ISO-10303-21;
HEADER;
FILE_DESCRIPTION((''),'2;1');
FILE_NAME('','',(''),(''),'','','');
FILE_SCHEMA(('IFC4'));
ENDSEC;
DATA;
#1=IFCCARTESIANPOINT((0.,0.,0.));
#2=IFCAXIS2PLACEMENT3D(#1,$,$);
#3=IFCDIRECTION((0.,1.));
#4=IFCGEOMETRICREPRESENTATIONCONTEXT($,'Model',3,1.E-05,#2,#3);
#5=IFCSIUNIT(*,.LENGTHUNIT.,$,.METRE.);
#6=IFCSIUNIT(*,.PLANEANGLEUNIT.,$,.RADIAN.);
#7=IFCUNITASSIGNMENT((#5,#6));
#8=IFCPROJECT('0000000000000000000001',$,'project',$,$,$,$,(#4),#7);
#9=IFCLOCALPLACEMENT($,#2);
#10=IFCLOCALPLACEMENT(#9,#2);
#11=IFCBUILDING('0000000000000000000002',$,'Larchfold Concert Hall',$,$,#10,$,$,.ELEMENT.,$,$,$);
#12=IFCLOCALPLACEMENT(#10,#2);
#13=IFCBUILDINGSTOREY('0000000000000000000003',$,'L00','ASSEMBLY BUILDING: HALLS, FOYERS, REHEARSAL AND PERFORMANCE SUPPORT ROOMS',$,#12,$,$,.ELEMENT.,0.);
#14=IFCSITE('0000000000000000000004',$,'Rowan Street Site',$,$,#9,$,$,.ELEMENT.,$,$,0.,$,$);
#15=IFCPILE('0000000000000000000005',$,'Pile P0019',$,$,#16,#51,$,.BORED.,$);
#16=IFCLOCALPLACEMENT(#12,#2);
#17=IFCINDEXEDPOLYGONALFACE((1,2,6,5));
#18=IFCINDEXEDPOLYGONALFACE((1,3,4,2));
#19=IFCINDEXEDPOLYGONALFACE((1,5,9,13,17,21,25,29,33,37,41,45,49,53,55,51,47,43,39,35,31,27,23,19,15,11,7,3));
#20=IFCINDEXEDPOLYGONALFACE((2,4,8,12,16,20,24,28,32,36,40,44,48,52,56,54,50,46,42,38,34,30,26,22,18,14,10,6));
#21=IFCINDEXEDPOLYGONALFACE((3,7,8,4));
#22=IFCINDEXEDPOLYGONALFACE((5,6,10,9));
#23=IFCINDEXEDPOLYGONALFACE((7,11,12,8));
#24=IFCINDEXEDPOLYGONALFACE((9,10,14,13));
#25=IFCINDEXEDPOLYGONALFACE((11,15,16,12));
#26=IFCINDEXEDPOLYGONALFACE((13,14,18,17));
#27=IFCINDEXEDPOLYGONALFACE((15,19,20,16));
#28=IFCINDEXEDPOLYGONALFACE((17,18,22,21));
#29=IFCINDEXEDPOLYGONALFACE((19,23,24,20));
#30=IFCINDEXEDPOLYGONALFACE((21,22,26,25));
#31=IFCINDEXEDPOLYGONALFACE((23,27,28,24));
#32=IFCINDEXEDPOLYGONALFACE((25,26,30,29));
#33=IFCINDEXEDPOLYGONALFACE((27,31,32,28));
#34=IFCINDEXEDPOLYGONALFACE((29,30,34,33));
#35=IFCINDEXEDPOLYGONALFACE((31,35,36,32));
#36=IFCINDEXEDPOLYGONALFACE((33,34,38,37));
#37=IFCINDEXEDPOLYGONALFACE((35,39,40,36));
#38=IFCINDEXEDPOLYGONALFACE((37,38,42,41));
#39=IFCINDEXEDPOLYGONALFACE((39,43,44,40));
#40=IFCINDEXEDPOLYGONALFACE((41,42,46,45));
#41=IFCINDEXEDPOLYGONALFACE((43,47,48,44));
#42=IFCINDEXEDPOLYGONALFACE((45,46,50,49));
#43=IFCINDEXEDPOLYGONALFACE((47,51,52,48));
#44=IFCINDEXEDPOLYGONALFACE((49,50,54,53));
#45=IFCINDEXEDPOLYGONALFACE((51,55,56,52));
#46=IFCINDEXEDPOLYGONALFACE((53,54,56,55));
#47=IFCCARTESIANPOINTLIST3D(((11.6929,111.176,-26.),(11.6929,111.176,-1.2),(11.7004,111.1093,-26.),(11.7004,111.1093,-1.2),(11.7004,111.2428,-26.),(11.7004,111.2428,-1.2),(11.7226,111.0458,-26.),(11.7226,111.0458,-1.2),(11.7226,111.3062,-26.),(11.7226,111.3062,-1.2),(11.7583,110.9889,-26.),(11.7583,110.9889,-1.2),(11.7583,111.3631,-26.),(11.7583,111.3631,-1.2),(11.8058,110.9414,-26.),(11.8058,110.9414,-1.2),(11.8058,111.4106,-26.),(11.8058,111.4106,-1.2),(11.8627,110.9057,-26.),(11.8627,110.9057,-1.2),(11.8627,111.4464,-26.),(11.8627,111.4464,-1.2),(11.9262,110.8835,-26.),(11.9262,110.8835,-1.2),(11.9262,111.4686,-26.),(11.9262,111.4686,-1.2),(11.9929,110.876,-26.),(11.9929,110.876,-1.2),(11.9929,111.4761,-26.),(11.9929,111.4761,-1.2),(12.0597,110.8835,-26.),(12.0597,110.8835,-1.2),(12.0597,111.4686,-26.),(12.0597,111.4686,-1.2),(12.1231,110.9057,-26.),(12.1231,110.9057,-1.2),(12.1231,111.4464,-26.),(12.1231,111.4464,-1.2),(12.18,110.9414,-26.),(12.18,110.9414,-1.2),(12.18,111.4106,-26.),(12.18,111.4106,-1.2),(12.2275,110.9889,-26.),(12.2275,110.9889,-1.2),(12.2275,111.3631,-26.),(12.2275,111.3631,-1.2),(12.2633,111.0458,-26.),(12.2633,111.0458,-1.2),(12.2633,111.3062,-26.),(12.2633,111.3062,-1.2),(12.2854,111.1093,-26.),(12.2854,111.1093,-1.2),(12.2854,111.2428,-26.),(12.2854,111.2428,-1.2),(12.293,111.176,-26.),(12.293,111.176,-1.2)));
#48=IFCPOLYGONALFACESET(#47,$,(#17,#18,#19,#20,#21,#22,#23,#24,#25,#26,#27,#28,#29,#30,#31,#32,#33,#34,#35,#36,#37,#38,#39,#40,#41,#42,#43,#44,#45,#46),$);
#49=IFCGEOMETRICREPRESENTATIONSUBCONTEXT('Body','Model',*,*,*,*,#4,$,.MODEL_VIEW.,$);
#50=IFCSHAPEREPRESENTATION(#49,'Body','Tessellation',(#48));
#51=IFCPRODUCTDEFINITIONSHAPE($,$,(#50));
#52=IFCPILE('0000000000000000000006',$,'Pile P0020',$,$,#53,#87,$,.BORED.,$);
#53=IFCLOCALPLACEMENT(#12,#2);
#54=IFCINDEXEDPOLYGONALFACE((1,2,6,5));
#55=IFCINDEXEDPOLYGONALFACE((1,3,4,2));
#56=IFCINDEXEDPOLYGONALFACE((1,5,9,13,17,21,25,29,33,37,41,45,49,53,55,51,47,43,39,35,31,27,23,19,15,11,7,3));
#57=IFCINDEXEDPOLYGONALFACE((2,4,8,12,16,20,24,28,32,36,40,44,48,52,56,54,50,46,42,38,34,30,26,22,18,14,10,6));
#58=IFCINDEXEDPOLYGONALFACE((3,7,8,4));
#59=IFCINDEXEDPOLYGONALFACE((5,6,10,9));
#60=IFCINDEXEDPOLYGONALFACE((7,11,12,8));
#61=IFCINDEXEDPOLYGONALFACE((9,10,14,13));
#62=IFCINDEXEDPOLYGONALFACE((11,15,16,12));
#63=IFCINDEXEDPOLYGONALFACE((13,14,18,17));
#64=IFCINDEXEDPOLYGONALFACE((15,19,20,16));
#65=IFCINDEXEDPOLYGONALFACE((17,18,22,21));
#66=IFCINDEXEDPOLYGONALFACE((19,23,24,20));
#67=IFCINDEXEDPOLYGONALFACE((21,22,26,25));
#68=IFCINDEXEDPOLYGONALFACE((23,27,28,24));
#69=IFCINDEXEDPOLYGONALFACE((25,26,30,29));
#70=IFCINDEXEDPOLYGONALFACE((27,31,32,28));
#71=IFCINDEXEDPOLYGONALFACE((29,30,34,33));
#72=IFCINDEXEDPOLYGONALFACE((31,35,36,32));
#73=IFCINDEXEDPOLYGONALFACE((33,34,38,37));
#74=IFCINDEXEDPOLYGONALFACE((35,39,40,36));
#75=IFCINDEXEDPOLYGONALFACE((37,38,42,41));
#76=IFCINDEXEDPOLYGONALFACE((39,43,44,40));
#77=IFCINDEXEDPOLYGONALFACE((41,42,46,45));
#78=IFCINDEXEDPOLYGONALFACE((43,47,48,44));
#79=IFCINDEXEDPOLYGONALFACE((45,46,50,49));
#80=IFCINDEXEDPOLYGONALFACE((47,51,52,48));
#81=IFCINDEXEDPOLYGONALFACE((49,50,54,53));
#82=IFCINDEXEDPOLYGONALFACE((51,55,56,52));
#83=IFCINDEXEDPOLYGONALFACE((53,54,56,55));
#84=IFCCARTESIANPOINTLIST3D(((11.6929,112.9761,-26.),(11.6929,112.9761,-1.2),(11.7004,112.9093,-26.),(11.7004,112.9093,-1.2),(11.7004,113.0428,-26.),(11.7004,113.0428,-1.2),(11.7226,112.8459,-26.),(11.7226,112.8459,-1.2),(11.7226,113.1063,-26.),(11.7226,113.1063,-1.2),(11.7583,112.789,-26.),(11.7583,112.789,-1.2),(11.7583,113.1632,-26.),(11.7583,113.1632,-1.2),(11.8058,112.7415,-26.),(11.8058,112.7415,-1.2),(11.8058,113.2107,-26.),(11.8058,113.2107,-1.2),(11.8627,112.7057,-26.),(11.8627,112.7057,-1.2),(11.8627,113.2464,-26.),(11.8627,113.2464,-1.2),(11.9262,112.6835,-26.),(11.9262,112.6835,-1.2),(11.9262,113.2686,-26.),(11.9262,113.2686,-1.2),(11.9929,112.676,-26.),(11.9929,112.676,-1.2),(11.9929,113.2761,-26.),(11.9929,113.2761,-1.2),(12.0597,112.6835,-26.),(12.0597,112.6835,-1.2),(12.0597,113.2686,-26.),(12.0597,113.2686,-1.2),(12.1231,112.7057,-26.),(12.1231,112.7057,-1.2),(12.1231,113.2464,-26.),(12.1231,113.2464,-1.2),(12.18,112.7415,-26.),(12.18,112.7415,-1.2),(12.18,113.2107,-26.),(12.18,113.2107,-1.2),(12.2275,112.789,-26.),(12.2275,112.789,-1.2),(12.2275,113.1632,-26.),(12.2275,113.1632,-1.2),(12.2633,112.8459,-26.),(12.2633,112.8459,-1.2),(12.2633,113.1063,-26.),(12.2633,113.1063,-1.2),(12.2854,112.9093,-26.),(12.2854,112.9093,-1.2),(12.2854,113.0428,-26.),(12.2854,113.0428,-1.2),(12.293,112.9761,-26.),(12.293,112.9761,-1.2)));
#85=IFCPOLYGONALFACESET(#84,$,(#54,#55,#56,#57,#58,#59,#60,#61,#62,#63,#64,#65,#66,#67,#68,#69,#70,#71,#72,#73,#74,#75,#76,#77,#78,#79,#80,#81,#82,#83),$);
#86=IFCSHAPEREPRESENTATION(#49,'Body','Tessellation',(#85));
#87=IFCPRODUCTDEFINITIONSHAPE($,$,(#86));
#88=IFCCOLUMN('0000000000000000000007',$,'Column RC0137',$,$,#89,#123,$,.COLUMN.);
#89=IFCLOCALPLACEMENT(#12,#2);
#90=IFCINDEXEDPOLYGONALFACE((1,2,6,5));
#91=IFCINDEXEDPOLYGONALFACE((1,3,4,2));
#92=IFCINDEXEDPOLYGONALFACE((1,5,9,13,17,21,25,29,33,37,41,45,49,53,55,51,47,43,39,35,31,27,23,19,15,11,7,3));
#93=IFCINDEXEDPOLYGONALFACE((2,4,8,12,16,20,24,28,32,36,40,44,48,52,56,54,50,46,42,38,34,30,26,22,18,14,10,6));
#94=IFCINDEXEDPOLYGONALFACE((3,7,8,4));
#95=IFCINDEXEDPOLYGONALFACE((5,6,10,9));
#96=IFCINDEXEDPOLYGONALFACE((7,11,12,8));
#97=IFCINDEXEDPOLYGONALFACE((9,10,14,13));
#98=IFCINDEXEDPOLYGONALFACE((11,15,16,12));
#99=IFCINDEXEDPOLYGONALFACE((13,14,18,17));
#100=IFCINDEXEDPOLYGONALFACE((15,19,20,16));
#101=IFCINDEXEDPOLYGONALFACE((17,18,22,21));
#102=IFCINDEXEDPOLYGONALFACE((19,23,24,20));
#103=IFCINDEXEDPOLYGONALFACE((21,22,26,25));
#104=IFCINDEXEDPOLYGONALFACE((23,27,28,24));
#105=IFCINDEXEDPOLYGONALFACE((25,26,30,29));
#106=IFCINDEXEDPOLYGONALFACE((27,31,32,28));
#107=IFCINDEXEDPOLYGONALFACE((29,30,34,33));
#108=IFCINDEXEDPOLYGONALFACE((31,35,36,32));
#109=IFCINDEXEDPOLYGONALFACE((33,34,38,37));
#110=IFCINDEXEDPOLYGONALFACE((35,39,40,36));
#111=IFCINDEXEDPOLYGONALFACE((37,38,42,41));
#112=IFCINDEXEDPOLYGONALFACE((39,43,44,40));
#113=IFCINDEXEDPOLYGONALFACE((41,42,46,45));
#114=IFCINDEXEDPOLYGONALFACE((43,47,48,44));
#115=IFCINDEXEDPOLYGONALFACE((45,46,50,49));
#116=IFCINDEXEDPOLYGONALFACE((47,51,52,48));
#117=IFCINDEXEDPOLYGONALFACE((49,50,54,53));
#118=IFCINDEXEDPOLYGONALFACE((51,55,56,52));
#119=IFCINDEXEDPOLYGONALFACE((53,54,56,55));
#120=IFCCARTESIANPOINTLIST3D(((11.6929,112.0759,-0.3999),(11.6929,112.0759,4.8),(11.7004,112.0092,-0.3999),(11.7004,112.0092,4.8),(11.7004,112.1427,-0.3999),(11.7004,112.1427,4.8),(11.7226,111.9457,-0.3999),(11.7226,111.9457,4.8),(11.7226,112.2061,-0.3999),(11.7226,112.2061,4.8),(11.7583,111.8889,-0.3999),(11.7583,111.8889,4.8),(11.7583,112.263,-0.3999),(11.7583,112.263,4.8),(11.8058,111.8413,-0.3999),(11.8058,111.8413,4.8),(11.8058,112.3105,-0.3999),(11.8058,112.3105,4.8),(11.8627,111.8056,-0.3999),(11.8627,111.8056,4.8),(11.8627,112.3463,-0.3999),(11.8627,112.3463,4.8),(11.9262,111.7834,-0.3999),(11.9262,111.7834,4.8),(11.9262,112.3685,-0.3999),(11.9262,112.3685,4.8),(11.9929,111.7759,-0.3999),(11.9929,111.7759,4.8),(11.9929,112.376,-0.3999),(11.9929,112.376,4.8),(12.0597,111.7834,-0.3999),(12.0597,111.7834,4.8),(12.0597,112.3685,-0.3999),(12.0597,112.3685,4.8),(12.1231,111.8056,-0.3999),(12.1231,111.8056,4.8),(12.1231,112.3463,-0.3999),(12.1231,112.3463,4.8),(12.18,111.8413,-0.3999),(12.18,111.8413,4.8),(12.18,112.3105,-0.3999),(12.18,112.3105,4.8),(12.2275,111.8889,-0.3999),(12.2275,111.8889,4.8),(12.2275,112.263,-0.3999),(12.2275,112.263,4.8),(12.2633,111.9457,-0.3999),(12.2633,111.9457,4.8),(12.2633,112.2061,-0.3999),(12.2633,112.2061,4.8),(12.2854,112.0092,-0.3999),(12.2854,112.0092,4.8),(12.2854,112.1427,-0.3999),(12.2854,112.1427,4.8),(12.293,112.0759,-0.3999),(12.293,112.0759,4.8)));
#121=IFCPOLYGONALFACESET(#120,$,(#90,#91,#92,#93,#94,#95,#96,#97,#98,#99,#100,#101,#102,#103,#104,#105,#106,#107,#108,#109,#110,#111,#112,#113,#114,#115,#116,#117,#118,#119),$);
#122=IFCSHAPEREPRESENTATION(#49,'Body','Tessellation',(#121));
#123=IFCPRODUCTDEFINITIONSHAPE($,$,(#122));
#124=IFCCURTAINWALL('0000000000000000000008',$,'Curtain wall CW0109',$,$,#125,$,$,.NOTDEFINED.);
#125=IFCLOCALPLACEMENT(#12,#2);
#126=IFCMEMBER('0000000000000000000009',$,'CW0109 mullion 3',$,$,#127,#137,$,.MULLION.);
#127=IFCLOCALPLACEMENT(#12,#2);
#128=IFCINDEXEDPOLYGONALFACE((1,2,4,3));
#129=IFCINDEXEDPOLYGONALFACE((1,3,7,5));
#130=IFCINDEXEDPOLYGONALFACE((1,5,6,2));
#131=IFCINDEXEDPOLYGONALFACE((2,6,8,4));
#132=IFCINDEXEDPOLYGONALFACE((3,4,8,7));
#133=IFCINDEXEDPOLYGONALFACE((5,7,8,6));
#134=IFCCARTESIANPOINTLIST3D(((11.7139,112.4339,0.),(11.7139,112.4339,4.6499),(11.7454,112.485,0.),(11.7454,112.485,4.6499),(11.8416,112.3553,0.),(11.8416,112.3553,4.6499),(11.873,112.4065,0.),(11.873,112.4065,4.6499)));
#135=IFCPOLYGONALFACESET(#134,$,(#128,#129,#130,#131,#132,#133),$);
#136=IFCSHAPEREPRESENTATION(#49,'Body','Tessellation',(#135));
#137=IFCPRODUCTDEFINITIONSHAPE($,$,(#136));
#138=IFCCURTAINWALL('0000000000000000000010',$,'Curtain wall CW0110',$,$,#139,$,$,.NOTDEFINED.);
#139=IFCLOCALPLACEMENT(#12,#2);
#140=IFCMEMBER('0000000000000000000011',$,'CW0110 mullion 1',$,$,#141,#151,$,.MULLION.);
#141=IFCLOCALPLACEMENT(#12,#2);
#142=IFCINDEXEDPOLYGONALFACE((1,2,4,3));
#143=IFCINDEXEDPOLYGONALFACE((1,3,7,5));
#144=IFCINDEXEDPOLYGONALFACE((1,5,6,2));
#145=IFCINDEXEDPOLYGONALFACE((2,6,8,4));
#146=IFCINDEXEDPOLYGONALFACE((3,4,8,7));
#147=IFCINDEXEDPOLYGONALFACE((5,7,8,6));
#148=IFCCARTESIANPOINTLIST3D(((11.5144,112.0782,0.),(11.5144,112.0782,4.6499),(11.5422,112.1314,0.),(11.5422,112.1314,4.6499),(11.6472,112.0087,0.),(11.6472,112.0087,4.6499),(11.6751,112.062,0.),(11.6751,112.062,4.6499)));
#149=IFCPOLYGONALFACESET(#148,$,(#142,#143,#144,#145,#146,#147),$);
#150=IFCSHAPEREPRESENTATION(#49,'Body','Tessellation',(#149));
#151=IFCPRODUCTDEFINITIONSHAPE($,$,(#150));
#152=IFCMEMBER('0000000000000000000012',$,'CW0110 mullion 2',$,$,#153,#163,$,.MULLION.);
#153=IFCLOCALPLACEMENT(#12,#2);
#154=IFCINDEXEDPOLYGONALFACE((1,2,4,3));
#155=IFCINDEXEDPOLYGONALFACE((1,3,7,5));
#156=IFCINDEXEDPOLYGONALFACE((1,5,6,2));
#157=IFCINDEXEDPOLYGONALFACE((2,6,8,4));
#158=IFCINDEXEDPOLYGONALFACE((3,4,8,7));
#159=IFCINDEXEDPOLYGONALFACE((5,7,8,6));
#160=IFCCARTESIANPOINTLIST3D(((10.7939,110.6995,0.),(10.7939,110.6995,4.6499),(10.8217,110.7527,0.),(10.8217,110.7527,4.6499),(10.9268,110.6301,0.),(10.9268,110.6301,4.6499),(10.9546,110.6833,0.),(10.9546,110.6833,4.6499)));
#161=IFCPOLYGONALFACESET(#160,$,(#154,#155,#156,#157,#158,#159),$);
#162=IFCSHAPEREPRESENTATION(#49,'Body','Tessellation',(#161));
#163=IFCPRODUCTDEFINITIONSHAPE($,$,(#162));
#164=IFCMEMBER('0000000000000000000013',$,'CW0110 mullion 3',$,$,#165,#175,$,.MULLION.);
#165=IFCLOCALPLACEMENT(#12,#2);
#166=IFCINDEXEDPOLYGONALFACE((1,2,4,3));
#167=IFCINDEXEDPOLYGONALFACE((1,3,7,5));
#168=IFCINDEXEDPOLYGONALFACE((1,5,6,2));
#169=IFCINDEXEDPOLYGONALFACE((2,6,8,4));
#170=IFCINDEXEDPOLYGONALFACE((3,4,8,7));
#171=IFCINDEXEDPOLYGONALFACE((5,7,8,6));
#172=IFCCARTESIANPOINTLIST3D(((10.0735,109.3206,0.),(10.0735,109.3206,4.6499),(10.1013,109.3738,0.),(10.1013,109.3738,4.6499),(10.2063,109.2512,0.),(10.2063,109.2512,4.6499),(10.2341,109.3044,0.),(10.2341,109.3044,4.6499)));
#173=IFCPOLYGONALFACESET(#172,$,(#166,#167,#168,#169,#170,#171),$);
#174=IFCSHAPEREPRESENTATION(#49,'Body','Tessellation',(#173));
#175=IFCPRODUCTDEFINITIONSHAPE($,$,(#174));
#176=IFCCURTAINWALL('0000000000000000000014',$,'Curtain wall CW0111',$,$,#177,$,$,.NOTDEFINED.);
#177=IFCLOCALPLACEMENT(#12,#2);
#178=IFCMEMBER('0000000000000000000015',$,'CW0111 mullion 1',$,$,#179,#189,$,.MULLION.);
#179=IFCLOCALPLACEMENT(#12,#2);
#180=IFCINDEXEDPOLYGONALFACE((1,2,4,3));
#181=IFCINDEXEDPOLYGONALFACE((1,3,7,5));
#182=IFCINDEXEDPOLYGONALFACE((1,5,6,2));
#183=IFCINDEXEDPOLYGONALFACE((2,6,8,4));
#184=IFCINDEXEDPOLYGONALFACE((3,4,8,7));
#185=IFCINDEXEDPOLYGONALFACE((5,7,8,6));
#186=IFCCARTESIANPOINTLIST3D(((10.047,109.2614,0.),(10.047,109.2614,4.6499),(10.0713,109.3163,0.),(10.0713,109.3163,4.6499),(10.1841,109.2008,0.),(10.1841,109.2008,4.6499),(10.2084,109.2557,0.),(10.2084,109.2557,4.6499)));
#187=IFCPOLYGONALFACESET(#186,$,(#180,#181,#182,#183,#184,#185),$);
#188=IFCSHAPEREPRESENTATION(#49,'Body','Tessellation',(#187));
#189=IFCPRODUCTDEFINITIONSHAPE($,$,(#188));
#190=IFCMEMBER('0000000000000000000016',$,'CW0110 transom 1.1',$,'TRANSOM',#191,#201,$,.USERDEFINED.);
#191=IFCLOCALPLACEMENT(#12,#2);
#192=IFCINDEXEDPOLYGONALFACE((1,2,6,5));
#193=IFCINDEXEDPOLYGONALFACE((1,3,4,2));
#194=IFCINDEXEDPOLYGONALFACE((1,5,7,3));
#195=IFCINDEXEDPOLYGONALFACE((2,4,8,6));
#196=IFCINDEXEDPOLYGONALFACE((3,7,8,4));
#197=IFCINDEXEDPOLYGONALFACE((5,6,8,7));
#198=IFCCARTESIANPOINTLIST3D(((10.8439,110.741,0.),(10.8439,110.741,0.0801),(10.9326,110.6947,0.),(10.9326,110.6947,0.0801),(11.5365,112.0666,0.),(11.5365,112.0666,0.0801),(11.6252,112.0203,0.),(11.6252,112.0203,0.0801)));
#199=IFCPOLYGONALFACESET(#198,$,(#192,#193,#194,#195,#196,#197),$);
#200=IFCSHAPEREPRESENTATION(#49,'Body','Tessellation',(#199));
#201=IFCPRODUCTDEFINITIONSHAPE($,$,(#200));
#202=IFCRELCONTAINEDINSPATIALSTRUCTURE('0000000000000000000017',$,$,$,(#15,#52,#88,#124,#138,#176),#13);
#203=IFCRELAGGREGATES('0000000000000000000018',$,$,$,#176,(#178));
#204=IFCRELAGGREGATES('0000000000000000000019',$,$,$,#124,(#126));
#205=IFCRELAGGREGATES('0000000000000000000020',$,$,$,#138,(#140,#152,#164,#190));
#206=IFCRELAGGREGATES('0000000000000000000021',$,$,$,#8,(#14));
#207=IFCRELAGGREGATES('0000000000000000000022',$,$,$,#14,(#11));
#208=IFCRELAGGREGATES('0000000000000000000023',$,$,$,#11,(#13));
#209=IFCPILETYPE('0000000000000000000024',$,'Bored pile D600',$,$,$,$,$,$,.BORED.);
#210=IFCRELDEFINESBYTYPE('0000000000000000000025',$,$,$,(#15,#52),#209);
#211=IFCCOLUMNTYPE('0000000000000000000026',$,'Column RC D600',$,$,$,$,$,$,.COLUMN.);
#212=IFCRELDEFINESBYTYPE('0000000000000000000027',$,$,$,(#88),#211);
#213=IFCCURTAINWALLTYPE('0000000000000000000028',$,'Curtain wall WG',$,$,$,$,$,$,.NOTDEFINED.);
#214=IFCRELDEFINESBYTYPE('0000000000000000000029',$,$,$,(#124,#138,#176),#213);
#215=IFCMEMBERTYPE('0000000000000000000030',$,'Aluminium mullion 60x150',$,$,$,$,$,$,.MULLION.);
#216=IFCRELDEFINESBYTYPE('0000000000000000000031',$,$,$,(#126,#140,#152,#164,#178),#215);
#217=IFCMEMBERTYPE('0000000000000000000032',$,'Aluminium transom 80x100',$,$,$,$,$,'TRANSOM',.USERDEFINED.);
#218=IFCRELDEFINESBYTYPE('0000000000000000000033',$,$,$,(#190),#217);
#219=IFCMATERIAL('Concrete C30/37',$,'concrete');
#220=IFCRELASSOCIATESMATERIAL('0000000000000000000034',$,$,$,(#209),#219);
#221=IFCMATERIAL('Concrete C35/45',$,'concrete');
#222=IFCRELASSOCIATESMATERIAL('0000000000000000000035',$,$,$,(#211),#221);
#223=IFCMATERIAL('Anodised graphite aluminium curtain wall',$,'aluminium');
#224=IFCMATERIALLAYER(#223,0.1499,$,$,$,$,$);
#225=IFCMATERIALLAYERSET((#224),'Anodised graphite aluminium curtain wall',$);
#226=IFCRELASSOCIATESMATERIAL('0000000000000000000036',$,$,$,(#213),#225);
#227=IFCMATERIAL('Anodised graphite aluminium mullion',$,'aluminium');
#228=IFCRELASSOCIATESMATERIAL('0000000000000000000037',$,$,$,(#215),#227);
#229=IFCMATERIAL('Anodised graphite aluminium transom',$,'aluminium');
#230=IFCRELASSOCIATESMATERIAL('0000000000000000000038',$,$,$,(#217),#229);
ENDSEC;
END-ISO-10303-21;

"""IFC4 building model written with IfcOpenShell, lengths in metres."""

from ifc_helpers import new_model, si_unit, direction, frame, origin, origin_2d, place, context, subcontext, project, spatial, rectangle, circle, extrude, material, layer, layer_set, material_profile, profile_set, type_object, element, aggregate, save


model = new_model("IFC4")

# Units and contexts
model_context = context("Model", 3, precision=1e-05, world=origin(), true_north=direction((0.0, 1.0)))
body_context = subcontext(model_context, "Body", "Model", "MODEL_VIEW")
ifc_project = project(units=[si_unit("LENGTHUNIT", "METRE"), si_unit("PLANEANGLEUNIT", "RADIAN")], contexts=[model_context])

# Site, building, storey
site_placement = place(None, origin())
site = spatial("IfcSite", under=ifc_project, at=site_placement, Name="Rowan Street Site", CompositionType="ELEMENT", RefElevation=0.0)
building_placement = place(site_placement, origin())
building = spatial("IfcBuilding", under=site, at=building_placement, Name="Larchfold Concert Hall", CompositionType="ELEMENT")
storey_placement = place(building_placement, origin())
storey = spatial("IfcBuildingStorey", under=building, at=storey_placement, Name="L00", Description="ASSEMBLY BUILDING: HALLS, FOYERS, REHEARSAL AND PERFORMANCE SUPPORT ROOMS", CompositionType="ELEMENT", Elevation=0.0)

# Piles
ifc_material_1 = material(Name="Concrete C30/37", Category="concrete")
ifc_material_profile_1 = material_profile(ifc_material_1, circle(Radius=0.3, at=origin_2d()))
ifc_profile_set_1 = profile_set([ifc_material_profile_1], Name="Concrete C30/37")
pile_type = type_object("IfcPileType", Name="Bored pile D600", PredefinedType="BORED", material=ifc_profile_set_1)
for number, where, z_axis, x_axis, name in (
    (1, (11.9929, 111.176, -1.2), (0.0, 0.0, -1.0), (1.0, 0.0, 0.0), "Pile P0019"),
    (2, (11.9929, 112.9761, -1.2), (0.0, 0.0, -1.0), (1.0, 0.0, 0.0), "Pile P0020"),
):
    element("IfcPile", number, at=place(storey_placement, frame(where, z_axis=z_axis, x_axis=x_axis)), inside=storey, type_object=pile_type, Name=name, PredefinedType="BORED", context=body_context, shape_type="SweptSolid", body=[
        extrude(circle(Radius=0.3, at=origin_2d()), origin(), (0.0, 0.0, 1.0), 24.8),
    ])

# Column
ifc_material_2 = material(Name="Concrete C35/45", Category="concrete")
ifc_material_profile_2 = material_profile(ifc_material_2, circle(Radius=0.3, at=origin_2d()))
ifc_profile_set_2 = profile_set([ifc_material_profile_2], Name="Concrete C35/45")
column_type = type_object("IfcColumnType", Name="Column RC D600", PredefinedType="COLUMN", material=ifc_profile_set_2)
column_placement = place(storey_placement, frame((11.9929, 112.0759, -0.3999), z_axis=(0.0, 0.0, 1.0), x_axis=(1.0, 0.0, 0.0)))
element("IfcColumn", 3, at=column_placement, inside=storey, type_object=column_type, Name="Column RC0137", PredefinedType="COLUMN", context=body_context, shape_type="SweptSolid", body=[
    extrude(circle(Radius=0.3, at=origin_2d()), origin(), (0.0, 0.0, 1.0), 5.2),
])

# Curtain wall, member
ifc_material_3 = material(Name="Anodised graphite aluminium curtain wall", Category="aluminium")
ifc_layer_1 = layer(ifc_material_3, 0.1499)
ifc_layer_set_1 = layer_set([ifc_layer_1], Name="Anodised graphite aluminium curtain wall")
curtain_wall_type = type_object("IfcCurtainWallType", Name="Curtain wall WG", PredefinedType="NOTDEFINED", material=ifc_layer_set_1)
curtain_wall_1_placement = place(storey_placement, origin())
curtain_wall_1 = element("IfcCurtainWall", 4, at=curtain_wall_1_placement, inside=storey, type_object=curtain_wall_type, Name="Curtain wall CW0109", PredefinedType="NOTDEFINED")
ifc_material_4 = material(Name="Anodised graphite aluminium mullion", Category="aluminium")
ifc_material_profile_3 = material_profile(ifc_material_4, rectangle(XDim=0.1499, YDim=0.0601, at=origin_2d()))
ifc_profile_set_3 = profile_set([ifc_material_profile_3], Name="Anodised graphite aluminium mullion")
member_type_1 = type_object("IfcMemberType", Name="Aluminium mullion 60x150", PredefinedType="MULLION", material=ifc_profile_set_3)
member_1_placement = place(storey_placement, frame((11.7935, 112.4202, 0.0), z_axis=(0.0, 0.0, 1.0), x_axis=(0.851669, -0.524081, 0.0)))
member_1 = element("IfcMember", 5, at=member_1_placement, type_object=member_type_1, Name="CW0109 mullion 3", PredefinedType="MULLION", context=body_context, shape_type="SweptSolid", body=[
    extrude(rectangle(XDim=0.1499, YDim=0.0601, at=origin_2d()), origin(), (0.0, 0.0, 1.0), 4.6499),
])

# Curtain wall, members
curtain_wall_2_placement = place(storey_placement, origin())
curtain_wall_2 = element("IfcCurtainWall", 6, at=curtain_wall_2_placement, inside=storey, type_object=curtain_wall_type, Name="Curtain wall CW0110", PredefinedType="NOTDEFINED")
member_2_placement = place(storey_placement, frame((11.5947, 112.0701, 0.0), z_axis=(0.0, 0.0, 1.0), x_axis=(0.886294, -0.463124, 0.0)))
member_2 = element("IfcMember", 7, at=member_2_placement, type_object=member_type_1, Name="CW0110 mullion 1", PredefinedType="MULLION", context=body_context, shape_type="SweptSolid", body=[
    extrude(rectangle(XDim=0.1499, YDim=0.0601, at=origin_2d()), origin(), (0.0, 0.0, 1.0), 4.6499),
])
member_3_placement = place(storey_placement, frame((10.8743, 110.6914, 0.0), z_axis=(0.0, 0.0, 1.0), x_axis=(0.886294, -0.463124, 0.0)))
member_3 = element("IfcMember", 8, at=member_3_placement, type_object=member_type_1, Name="CW0110 mullion 2", PredefinedType="MULLION", context=body_context, shape_type="SweptSolid", body=[
    extrude(rectangle(XDim=0.1499, YDim=0.0601, at=origin_2d()), origin(), (0.0, 0.0, 1.0), 4.6499),
])
member_4_placement = place(storey_placement, frame((10.1538, 109.3125, 0.0), z_axis=(0.0, 0.0, 1.0), x_axis=(0.886294, -0.463124, 0.0)))
member_4 = element("IfcMember", 9, at=member_4_placement, type_object=member_type_1, Name="CW0110 mullion 3", PredefinedType="MULLION", context=body_context, shape_type="SweptSolid", body=[
    extrude(rectangle(XDim=0.1499, YDim=0.0601, at=origin_2d()), origin(), (0.0, 0.0, 1.0), 4.6499),
])

# Curtain wall, member
curtain_wall_3_placement = place(storey_placement, origin())
curtain_wall_3 = element("IfcCurtainWall", 10, at=curtain_wall_3_placement, inside=storey, type_object=curtain_wall_type, Name="Curtain wall CW0111", PredefinedType="NOTDEFINED")
member_5_placement = place(storey_placement, frame((10.1277, 109.2585, 0.0), z_axis=(0.0, 0.0, 1.0), x_axis=(0.914703, -0.404126, 0.0)))
member_5 = element("IfcMember", 11, at=member_5_placement, type_object=member_type_1, Name="CW0111 mullion 1", PredefinedType="MULLION", context=body_context, shape_type="SweptSolid", body=[
    extrude(rectangle(XDim=0.1499, YDim=0.0601, at=origin_2d()), origin(), (0.0, 0.0, 1.0), 4.6499),
])

# Member
ifc_material_5 = material(Name="Anodised graphite aluminium transom", Category="aluminium")
ifc_material_profile_4 = material_profile(ifc_material_5, rectangle(XDim=0.1001, YDim=0.0801, at=origin_2d()))
ifc_profile_set_4 = profile_set([ifc_material_profile_4], Name="Anodised graphite aluminium transom")
member_type_2 = type_object("IfcMemberType", Name="Aluminium transom 80x100", ElementType="TRANSOM", PredefinedType="USERDEFINED", material=ifc_profile_set_4)
member_6_placement = place(storey_placement, frame((11.5808, 112.0435, 0.04), z_axis=(-0.463074, -0.88632, 0.0), x_axis=(0.88632, -0.463074, 0.0)))
member_6 = element("IfcMember", 12, at=member_6_placement, type_object=member_type_2, Name="CW0110 transom 1.1", ObjectType="TRANSOM", PredefinedType="USERDEFINED", context=body_context, shape_type="SweptSolid", body=[
    extrude(rectangle(XDim=0.1001, YDim=0.0801, at=origin_2d()), origin(), (0.0, 0.0, 1.0), 1.4956),
])

aggregate(curtain_wall_3, [member_5])
aggregate(curtain_wall_1, [member_1])
aggregate(curtain_wall_2, [member_2, member_3, member_4, member_6])

save(model, "model.ifc")
